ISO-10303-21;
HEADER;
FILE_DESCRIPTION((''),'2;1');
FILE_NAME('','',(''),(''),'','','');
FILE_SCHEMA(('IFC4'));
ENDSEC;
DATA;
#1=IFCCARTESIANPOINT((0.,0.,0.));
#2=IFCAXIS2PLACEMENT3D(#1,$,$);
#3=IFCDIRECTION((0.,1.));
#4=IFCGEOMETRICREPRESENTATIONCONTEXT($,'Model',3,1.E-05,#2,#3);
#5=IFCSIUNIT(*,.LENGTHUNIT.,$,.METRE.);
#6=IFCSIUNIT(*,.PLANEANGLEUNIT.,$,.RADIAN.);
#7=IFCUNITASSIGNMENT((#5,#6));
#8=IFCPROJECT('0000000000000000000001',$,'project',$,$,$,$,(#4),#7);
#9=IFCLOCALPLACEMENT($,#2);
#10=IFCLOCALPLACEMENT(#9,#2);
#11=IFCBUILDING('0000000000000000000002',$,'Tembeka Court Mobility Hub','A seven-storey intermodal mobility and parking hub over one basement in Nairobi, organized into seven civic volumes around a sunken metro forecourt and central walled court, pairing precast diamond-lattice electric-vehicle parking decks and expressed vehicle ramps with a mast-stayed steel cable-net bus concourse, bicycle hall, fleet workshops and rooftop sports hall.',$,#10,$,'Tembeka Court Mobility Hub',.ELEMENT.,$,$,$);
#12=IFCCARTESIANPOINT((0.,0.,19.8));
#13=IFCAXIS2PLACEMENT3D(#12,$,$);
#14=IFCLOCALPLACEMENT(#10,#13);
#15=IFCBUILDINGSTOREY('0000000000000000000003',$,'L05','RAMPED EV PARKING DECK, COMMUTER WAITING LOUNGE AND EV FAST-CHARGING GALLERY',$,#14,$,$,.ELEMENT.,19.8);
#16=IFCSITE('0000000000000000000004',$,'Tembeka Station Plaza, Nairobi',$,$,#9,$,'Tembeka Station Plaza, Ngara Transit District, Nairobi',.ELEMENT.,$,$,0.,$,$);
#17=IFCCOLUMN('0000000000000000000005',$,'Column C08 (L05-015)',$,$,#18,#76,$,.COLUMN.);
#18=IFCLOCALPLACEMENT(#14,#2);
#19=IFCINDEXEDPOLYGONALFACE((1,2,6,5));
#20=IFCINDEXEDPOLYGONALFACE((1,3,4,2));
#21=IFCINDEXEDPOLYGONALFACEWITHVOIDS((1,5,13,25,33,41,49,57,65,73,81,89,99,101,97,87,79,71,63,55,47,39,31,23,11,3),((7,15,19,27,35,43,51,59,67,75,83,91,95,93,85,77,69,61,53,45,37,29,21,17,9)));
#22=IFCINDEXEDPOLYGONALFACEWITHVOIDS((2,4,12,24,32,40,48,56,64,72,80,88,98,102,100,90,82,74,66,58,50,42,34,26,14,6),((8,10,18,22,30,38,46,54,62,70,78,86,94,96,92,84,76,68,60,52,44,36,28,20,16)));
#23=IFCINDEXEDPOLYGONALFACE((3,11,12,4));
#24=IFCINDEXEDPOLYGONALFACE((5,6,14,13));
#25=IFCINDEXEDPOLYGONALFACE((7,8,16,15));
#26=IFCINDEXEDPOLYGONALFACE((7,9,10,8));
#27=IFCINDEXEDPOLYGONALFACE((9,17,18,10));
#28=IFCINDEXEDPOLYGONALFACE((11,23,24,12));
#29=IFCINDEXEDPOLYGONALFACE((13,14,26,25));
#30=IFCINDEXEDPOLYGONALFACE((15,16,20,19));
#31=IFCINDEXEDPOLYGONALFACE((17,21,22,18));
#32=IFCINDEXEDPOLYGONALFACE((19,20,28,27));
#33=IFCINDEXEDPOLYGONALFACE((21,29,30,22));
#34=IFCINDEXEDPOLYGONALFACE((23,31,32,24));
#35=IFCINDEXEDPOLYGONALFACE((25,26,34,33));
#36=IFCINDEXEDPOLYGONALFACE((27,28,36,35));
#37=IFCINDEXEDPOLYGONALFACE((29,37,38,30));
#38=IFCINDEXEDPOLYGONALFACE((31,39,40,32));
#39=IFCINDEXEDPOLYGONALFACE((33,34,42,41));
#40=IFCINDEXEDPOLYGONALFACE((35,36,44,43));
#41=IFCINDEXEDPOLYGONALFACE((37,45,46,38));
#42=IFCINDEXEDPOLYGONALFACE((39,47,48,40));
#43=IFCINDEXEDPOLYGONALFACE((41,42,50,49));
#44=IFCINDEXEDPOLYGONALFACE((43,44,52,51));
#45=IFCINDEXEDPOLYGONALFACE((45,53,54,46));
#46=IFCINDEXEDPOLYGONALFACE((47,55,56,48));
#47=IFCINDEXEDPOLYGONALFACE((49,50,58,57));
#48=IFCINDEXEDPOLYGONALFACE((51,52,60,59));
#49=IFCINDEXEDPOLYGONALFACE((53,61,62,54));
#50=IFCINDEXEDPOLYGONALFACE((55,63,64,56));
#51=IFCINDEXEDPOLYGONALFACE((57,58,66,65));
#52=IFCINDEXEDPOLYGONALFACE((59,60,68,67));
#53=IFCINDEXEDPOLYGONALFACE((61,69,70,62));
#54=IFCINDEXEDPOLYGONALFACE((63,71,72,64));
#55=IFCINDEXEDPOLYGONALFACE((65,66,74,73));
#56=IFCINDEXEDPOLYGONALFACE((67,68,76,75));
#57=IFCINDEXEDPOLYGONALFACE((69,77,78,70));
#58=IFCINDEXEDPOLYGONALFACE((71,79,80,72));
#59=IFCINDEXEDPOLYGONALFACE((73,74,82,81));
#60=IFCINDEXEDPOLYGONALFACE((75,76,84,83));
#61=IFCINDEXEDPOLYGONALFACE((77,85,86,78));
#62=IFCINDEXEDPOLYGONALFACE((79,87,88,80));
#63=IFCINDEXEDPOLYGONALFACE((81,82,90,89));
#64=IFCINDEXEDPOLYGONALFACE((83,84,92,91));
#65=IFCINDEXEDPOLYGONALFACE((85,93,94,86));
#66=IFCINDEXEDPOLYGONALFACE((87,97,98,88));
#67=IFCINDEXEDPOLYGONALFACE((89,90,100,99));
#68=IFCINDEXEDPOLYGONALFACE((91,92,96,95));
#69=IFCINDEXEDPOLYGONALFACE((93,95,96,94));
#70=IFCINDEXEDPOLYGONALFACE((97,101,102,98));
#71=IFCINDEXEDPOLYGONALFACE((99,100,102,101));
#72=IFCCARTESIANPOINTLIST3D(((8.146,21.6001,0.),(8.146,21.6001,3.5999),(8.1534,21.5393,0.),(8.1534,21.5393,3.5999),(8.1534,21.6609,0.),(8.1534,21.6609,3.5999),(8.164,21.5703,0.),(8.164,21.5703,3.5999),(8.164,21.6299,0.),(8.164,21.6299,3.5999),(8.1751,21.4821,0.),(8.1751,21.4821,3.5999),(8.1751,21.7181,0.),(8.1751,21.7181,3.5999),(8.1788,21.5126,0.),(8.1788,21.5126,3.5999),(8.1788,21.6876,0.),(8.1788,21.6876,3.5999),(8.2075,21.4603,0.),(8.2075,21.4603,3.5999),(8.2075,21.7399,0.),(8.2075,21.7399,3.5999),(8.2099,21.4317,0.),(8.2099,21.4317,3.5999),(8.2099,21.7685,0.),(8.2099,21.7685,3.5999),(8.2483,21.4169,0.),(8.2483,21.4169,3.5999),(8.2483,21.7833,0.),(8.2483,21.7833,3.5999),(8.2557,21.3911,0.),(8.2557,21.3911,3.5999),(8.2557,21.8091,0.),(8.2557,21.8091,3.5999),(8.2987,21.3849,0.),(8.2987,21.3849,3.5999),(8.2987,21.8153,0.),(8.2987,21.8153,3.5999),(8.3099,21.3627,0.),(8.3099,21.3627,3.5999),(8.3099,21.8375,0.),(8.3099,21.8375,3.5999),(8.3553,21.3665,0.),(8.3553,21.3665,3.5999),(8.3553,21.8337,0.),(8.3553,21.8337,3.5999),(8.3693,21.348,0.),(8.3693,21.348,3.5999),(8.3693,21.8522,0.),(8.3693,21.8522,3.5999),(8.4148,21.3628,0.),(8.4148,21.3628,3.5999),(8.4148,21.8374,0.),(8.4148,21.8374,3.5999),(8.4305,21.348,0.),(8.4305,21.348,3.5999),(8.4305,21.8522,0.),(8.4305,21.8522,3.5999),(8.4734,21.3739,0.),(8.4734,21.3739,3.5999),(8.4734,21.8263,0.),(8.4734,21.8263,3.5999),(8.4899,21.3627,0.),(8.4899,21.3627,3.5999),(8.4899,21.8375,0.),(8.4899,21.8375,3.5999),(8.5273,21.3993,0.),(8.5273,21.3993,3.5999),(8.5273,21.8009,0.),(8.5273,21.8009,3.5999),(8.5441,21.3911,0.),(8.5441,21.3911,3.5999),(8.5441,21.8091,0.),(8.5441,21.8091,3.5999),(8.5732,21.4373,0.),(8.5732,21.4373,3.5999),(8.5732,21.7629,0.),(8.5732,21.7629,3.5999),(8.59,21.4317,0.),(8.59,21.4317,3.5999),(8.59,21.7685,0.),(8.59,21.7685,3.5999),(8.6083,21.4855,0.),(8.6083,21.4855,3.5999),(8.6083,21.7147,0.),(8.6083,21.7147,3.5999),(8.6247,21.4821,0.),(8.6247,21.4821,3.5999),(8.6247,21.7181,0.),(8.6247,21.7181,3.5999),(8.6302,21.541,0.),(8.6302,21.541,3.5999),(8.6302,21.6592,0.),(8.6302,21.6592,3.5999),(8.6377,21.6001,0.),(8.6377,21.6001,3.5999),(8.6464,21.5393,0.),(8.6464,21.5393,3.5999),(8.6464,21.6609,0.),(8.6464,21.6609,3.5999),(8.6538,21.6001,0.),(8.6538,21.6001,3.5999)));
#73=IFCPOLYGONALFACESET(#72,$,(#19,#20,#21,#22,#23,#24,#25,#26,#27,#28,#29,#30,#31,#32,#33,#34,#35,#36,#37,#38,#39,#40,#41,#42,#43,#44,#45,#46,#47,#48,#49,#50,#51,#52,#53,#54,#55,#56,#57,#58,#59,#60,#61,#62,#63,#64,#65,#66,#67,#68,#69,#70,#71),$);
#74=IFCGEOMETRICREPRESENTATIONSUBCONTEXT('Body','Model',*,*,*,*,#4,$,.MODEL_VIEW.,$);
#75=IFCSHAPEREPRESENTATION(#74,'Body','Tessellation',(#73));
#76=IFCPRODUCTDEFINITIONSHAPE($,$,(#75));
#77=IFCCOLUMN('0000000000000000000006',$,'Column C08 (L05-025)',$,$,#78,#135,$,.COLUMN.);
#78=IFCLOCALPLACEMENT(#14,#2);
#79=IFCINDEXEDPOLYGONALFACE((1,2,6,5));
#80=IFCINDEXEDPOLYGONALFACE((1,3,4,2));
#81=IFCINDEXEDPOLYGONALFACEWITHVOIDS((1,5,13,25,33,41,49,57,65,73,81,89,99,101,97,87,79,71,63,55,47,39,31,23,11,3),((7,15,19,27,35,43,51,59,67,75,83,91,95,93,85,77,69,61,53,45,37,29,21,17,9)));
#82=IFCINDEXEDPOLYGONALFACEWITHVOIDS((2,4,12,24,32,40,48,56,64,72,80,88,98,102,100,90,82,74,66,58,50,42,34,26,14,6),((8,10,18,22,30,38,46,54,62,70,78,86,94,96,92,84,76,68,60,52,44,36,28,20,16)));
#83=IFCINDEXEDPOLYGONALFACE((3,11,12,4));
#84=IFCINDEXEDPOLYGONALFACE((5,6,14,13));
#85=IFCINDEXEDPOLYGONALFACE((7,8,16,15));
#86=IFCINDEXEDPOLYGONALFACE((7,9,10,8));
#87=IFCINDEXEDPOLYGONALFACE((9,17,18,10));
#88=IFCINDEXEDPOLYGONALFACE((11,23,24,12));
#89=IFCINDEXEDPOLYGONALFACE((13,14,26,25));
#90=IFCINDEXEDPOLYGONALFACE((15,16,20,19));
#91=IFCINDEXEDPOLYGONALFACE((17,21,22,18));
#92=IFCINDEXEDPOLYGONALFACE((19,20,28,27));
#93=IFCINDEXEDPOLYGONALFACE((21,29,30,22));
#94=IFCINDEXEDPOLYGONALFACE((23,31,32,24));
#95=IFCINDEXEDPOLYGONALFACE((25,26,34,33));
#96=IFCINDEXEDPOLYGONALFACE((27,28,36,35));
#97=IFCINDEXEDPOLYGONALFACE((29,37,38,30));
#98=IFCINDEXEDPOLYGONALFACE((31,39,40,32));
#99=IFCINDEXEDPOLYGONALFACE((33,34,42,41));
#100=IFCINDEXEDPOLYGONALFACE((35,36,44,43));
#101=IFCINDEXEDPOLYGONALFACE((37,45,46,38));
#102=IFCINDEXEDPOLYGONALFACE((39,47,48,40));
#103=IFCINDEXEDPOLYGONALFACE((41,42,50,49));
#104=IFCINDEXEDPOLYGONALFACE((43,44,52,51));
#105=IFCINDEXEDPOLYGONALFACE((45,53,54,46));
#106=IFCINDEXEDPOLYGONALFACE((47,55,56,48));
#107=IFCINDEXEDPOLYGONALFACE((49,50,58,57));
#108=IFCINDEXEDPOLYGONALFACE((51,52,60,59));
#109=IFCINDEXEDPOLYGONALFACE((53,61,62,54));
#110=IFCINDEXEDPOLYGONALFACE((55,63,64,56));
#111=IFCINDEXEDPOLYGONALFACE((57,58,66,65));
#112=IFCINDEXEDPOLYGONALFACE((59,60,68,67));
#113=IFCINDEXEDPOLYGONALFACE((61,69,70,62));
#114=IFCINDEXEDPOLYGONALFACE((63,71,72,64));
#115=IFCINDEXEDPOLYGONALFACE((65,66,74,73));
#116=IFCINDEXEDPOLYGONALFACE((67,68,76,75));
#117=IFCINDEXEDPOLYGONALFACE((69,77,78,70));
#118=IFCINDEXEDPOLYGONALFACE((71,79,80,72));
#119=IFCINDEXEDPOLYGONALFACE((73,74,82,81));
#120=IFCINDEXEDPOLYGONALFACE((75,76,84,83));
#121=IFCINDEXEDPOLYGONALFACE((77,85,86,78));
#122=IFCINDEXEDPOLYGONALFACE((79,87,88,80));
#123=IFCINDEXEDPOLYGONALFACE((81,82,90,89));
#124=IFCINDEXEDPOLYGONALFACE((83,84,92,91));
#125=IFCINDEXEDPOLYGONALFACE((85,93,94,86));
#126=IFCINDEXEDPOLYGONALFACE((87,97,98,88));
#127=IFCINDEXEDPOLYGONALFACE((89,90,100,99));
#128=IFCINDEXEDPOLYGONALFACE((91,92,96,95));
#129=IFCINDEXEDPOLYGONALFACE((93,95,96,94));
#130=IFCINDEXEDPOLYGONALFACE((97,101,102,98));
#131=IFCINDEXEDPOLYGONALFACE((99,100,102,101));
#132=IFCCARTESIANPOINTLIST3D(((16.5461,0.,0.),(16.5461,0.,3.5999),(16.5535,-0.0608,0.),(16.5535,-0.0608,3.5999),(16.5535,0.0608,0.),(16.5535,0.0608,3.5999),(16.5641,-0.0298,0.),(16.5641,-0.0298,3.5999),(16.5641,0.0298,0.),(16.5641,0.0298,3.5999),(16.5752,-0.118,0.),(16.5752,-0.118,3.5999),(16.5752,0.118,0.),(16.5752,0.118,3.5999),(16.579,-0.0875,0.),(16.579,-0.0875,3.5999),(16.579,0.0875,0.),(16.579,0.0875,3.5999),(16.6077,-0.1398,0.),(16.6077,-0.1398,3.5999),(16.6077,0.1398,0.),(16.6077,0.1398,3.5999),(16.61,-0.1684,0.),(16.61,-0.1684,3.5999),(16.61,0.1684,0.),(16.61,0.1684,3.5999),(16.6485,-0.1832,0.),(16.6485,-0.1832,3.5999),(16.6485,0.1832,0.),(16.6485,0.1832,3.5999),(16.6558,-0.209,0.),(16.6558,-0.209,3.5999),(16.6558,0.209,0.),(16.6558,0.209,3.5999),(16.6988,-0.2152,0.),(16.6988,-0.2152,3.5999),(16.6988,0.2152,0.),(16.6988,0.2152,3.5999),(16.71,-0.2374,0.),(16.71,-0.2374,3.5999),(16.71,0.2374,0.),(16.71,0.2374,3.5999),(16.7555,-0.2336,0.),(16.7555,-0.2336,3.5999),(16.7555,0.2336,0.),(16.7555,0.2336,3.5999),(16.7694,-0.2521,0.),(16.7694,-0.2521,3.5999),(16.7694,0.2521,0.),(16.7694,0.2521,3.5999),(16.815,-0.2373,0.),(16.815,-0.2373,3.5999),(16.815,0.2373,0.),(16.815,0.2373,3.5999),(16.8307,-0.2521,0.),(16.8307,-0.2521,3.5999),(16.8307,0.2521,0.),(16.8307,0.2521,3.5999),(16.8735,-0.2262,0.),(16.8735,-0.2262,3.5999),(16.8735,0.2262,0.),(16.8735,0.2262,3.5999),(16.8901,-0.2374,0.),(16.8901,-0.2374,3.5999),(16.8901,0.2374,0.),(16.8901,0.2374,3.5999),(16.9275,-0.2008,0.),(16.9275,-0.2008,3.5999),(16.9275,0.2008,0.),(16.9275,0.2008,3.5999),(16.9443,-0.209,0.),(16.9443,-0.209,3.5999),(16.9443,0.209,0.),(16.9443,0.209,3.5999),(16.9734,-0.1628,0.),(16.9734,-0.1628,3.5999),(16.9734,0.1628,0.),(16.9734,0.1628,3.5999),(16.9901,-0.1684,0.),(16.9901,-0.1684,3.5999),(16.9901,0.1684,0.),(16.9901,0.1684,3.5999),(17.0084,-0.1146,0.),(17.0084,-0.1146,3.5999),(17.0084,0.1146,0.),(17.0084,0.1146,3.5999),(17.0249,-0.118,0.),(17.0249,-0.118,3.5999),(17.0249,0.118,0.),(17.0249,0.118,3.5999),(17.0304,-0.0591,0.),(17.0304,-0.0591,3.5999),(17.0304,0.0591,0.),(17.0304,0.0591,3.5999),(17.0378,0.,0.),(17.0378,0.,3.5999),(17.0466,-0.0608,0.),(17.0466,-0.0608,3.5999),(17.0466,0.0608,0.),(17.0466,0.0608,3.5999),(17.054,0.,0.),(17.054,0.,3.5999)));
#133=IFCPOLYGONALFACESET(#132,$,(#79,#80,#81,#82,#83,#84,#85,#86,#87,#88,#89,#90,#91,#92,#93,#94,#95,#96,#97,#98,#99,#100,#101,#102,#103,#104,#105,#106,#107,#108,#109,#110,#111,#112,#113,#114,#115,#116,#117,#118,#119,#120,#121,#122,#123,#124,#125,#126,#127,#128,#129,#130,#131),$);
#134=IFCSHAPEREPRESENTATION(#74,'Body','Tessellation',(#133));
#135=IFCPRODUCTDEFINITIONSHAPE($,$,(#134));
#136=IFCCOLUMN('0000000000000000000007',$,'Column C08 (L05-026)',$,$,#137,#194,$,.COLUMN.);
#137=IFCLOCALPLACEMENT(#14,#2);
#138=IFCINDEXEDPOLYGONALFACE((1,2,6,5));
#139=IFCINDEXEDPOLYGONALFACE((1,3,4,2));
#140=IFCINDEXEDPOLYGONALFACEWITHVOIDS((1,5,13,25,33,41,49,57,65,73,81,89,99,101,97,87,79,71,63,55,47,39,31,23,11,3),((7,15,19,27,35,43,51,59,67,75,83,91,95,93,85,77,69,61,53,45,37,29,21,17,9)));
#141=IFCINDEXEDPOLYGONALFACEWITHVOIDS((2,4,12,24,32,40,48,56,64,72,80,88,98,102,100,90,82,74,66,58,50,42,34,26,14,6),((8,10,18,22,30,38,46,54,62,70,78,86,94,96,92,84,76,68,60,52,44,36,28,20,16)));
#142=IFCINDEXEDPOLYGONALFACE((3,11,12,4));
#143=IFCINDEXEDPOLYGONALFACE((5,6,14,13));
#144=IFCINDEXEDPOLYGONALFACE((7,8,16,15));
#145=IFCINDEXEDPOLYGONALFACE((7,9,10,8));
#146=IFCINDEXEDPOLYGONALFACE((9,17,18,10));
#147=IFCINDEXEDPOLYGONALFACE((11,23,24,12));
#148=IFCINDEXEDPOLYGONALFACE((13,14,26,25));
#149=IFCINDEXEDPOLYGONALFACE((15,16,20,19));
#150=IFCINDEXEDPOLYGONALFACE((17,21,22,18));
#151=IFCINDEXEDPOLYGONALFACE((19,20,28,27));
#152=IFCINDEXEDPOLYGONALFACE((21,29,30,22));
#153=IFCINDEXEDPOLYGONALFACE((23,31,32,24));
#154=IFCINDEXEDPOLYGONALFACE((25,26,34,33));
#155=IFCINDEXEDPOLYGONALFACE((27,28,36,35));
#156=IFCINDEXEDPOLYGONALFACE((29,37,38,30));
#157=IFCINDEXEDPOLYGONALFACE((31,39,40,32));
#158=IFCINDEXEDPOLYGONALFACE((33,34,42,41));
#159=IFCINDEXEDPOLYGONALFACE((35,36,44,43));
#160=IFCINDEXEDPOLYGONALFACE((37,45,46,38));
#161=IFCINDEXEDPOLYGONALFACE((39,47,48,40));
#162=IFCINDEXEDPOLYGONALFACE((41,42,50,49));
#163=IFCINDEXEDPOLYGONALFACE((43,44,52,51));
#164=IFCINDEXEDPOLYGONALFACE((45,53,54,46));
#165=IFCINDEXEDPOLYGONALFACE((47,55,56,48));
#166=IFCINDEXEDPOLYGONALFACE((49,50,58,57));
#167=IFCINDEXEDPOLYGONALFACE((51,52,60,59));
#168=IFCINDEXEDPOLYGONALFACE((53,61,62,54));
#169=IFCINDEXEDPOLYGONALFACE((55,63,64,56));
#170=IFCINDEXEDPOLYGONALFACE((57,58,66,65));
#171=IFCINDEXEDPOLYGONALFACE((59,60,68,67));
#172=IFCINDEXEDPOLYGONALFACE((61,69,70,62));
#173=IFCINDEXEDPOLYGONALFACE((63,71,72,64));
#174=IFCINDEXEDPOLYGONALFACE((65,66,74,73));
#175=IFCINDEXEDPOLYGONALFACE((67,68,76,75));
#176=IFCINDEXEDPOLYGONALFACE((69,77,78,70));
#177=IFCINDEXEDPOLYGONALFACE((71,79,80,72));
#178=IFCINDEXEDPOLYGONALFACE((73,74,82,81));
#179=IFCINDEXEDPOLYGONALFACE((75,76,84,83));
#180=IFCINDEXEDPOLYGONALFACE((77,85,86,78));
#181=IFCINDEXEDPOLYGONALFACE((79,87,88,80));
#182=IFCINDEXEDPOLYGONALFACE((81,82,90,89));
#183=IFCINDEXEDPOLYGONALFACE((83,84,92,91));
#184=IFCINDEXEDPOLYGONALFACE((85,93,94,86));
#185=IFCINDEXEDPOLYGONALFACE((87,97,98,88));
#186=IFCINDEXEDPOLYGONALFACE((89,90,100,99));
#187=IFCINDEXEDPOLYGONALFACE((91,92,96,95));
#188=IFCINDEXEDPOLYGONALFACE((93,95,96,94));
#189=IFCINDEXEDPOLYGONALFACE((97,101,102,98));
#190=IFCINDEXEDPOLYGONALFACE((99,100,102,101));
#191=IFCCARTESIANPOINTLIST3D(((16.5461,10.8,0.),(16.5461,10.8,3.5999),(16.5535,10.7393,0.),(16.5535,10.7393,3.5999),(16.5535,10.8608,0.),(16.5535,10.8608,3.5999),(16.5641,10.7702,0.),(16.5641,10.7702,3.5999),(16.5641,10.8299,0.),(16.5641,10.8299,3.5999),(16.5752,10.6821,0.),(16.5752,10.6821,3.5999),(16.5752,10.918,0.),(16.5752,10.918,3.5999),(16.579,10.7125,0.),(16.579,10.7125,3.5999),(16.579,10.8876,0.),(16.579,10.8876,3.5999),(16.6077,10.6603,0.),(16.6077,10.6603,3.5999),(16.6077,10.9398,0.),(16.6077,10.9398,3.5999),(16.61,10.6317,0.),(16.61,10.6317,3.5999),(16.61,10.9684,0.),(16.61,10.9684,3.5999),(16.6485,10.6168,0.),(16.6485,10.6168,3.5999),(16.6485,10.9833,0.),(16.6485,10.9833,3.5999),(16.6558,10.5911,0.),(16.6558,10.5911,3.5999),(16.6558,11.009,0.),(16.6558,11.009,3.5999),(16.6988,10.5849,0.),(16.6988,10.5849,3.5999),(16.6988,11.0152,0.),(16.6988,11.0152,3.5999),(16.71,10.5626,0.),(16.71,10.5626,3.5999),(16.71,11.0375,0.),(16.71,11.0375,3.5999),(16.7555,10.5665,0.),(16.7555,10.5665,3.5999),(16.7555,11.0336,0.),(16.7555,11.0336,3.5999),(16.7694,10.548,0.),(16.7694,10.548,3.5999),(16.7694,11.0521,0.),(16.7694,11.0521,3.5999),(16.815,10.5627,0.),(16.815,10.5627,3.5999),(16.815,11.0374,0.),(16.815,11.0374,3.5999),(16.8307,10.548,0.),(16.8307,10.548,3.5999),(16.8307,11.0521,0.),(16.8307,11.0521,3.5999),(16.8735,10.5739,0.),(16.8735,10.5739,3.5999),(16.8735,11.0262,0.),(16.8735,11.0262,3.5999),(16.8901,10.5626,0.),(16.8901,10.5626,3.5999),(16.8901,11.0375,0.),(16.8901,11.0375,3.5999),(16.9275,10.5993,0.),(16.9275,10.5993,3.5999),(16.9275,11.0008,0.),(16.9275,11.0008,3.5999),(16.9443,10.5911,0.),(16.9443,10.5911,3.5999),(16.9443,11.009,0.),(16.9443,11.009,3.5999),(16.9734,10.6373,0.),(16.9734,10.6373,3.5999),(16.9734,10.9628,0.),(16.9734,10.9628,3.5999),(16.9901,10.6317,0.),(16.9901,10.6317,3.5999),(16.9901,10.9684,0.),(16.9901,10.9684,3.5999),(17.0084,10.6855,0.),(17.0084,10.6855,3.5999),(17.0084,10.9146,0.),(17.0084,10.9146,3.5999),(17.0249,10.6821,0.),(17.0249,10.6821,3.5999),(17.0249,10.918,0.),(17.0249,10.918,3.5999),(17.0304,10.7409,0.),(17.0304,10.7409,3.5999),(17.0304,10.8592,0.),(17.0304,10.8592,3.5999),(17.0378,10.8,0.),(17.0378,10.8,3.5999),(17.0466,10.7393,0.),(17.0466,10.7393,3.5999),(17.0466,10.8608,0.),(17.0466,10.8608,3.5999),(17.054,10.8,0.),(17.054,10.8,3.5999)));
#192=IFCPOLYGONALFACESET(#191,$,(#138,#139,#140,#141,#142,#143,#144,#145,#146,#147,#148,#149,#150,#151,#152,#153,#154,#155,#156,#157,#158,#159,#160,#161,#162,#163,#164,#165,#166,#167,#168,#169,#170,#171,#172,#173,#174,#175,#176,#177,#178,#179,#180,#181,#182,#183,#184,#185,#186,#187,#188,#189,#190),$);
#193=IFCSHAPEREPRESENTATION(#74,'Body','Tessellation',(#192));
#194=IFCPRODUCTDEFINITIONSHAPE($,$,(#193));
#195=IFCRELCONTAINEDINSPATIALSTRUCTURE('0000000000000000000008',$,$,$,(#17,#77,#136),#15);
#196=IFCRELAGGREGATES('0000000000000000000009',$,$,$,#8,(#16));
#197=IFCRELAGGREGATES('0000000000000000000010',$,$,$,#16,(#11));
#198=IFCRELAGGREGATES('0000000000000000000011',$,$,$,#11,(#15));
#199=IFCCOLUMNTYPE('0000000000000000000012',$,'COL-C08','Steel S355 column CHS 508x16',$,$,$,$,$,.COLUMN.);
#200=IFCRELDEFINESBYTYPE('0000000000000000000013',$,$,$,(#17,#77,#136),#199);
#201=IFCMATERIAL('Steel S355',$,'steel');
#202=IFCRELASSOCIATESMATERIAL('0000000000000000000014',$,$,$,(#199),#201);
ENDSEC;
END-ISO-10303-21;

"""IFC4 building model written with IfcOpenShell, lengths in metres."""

from ifc_helpers import new_model, si_unit, direction, frame, origin, origin_2d, place, context, subcontext, project, spatial, hollow_circle, extrude, material, material_profile, profile_set, type_object, element, save


model = new_model("IFC4")

# Units and contexts
model_context = context("Model", 3, precision=1e-05, world=origin(), true_north=direction((0.0, 1.0)))
body_context = subcontext(model_context, "Body", "Model", "MODEL_VIEW")
ifc_project = project(units=[si_unit("LENGTHUNIT", "METRE"), si_unit("PLANEANGLEUNIT", "RADIAN")], contexts=[model_context])

# Site, building, storey
site_placement = place(None, origin())
site = spatial("IfcSite", under=ifc_project, at=site_placement, Name="Tembeka Station Plaza, Nairobi", LongName="Tembeka Station Plaza, Ngara Transit District, Nairobi", CompositionType="ELEMENT", RefElevation=0.0)
building_placement = place(site_placement, origin())
building = spatial("IfcBuilding", under=site, at=building_placement, Name="Tembeka Court Mobility Hub", Description="A seven-storey intermodal mobility and parking hub over one basement in Nairobi, organized into seven civic volumes around a sunken metro forecourt and central walled court, pairing precast diamond-lattice electric-vehicle parking decks and expressed vehicle ramps with a mast-stayed steel cable-net bus concourse, bicycle hall, fleet workshops and rooftop sports hall.", LongName="Tembeka Court Mobility Hub", CompositionType="ELEMENT")
storey_placement = place(building_placement, frame((0.0, 0.0, 19.8)))
storey = spatial("IfcBuildingStorey", under=building, at=storey_placement, Name="L05", Description="RAMPED EV PARKING DECK, COMMUTER WAITING LOUNGE AND EV FAST-CHARGING GALLERY", CompositionType="ELEMENT", Elevation=19.8)

# Columns
ifc_material_1 = material(Name="Steel S355", Category="steel")
ifc_material_profile_1 = material_profile(ifc_material_1, hollow_circle(Radius=0.2539, WallThickness=0.0161, at=origin_2d()), Name="CHS 508x16")
ifc_profile_set_1 = profile_set([ifc_material_profile_1], Name="Steel S355")
column_type = type_object("IfcColumnType", Name="COL-C08", Description="Steel S355 column CHS 508x16", PredefinedType="COLUMN", material=ifc_profile_set_1)
for number, where, z_axis, x_axis, name in (
    (1, (8.3999, 21.6001, 0.0), (0.0, 0.0, 1.0), (1.0, 0.0, 0.0), "Column C08 (L05-015)"),
    (2, (16.8, 0.0, 0.0), (0.0, 0.0, 1.0), (1.0, 0.0, 0.0), "Column C08 (L05-025)"),
    (3, (16.8, 10.8, 0.0), (0.0, 0.0, 1.0), (1.0, 0.0, 0.0), "Column C08 (L05-026)"),
):
    element("IfcColumn", number, at=place(storey_placement, frame(where, z_axis=z_axis, x_axis=x_axis)), inside=storey, type_object=column_type, Name=name, PredefinedType="COLUMN", context=body_context, shape_type="SweptSolid", body=[
        extrude(hollow_circle(Radius=0.2539, WallThickness=0.0161, at=origin_2d()), origin(), (0.0, 0.0, 1.0), 3.5999),
    ])

save(model, "model.ifc")
